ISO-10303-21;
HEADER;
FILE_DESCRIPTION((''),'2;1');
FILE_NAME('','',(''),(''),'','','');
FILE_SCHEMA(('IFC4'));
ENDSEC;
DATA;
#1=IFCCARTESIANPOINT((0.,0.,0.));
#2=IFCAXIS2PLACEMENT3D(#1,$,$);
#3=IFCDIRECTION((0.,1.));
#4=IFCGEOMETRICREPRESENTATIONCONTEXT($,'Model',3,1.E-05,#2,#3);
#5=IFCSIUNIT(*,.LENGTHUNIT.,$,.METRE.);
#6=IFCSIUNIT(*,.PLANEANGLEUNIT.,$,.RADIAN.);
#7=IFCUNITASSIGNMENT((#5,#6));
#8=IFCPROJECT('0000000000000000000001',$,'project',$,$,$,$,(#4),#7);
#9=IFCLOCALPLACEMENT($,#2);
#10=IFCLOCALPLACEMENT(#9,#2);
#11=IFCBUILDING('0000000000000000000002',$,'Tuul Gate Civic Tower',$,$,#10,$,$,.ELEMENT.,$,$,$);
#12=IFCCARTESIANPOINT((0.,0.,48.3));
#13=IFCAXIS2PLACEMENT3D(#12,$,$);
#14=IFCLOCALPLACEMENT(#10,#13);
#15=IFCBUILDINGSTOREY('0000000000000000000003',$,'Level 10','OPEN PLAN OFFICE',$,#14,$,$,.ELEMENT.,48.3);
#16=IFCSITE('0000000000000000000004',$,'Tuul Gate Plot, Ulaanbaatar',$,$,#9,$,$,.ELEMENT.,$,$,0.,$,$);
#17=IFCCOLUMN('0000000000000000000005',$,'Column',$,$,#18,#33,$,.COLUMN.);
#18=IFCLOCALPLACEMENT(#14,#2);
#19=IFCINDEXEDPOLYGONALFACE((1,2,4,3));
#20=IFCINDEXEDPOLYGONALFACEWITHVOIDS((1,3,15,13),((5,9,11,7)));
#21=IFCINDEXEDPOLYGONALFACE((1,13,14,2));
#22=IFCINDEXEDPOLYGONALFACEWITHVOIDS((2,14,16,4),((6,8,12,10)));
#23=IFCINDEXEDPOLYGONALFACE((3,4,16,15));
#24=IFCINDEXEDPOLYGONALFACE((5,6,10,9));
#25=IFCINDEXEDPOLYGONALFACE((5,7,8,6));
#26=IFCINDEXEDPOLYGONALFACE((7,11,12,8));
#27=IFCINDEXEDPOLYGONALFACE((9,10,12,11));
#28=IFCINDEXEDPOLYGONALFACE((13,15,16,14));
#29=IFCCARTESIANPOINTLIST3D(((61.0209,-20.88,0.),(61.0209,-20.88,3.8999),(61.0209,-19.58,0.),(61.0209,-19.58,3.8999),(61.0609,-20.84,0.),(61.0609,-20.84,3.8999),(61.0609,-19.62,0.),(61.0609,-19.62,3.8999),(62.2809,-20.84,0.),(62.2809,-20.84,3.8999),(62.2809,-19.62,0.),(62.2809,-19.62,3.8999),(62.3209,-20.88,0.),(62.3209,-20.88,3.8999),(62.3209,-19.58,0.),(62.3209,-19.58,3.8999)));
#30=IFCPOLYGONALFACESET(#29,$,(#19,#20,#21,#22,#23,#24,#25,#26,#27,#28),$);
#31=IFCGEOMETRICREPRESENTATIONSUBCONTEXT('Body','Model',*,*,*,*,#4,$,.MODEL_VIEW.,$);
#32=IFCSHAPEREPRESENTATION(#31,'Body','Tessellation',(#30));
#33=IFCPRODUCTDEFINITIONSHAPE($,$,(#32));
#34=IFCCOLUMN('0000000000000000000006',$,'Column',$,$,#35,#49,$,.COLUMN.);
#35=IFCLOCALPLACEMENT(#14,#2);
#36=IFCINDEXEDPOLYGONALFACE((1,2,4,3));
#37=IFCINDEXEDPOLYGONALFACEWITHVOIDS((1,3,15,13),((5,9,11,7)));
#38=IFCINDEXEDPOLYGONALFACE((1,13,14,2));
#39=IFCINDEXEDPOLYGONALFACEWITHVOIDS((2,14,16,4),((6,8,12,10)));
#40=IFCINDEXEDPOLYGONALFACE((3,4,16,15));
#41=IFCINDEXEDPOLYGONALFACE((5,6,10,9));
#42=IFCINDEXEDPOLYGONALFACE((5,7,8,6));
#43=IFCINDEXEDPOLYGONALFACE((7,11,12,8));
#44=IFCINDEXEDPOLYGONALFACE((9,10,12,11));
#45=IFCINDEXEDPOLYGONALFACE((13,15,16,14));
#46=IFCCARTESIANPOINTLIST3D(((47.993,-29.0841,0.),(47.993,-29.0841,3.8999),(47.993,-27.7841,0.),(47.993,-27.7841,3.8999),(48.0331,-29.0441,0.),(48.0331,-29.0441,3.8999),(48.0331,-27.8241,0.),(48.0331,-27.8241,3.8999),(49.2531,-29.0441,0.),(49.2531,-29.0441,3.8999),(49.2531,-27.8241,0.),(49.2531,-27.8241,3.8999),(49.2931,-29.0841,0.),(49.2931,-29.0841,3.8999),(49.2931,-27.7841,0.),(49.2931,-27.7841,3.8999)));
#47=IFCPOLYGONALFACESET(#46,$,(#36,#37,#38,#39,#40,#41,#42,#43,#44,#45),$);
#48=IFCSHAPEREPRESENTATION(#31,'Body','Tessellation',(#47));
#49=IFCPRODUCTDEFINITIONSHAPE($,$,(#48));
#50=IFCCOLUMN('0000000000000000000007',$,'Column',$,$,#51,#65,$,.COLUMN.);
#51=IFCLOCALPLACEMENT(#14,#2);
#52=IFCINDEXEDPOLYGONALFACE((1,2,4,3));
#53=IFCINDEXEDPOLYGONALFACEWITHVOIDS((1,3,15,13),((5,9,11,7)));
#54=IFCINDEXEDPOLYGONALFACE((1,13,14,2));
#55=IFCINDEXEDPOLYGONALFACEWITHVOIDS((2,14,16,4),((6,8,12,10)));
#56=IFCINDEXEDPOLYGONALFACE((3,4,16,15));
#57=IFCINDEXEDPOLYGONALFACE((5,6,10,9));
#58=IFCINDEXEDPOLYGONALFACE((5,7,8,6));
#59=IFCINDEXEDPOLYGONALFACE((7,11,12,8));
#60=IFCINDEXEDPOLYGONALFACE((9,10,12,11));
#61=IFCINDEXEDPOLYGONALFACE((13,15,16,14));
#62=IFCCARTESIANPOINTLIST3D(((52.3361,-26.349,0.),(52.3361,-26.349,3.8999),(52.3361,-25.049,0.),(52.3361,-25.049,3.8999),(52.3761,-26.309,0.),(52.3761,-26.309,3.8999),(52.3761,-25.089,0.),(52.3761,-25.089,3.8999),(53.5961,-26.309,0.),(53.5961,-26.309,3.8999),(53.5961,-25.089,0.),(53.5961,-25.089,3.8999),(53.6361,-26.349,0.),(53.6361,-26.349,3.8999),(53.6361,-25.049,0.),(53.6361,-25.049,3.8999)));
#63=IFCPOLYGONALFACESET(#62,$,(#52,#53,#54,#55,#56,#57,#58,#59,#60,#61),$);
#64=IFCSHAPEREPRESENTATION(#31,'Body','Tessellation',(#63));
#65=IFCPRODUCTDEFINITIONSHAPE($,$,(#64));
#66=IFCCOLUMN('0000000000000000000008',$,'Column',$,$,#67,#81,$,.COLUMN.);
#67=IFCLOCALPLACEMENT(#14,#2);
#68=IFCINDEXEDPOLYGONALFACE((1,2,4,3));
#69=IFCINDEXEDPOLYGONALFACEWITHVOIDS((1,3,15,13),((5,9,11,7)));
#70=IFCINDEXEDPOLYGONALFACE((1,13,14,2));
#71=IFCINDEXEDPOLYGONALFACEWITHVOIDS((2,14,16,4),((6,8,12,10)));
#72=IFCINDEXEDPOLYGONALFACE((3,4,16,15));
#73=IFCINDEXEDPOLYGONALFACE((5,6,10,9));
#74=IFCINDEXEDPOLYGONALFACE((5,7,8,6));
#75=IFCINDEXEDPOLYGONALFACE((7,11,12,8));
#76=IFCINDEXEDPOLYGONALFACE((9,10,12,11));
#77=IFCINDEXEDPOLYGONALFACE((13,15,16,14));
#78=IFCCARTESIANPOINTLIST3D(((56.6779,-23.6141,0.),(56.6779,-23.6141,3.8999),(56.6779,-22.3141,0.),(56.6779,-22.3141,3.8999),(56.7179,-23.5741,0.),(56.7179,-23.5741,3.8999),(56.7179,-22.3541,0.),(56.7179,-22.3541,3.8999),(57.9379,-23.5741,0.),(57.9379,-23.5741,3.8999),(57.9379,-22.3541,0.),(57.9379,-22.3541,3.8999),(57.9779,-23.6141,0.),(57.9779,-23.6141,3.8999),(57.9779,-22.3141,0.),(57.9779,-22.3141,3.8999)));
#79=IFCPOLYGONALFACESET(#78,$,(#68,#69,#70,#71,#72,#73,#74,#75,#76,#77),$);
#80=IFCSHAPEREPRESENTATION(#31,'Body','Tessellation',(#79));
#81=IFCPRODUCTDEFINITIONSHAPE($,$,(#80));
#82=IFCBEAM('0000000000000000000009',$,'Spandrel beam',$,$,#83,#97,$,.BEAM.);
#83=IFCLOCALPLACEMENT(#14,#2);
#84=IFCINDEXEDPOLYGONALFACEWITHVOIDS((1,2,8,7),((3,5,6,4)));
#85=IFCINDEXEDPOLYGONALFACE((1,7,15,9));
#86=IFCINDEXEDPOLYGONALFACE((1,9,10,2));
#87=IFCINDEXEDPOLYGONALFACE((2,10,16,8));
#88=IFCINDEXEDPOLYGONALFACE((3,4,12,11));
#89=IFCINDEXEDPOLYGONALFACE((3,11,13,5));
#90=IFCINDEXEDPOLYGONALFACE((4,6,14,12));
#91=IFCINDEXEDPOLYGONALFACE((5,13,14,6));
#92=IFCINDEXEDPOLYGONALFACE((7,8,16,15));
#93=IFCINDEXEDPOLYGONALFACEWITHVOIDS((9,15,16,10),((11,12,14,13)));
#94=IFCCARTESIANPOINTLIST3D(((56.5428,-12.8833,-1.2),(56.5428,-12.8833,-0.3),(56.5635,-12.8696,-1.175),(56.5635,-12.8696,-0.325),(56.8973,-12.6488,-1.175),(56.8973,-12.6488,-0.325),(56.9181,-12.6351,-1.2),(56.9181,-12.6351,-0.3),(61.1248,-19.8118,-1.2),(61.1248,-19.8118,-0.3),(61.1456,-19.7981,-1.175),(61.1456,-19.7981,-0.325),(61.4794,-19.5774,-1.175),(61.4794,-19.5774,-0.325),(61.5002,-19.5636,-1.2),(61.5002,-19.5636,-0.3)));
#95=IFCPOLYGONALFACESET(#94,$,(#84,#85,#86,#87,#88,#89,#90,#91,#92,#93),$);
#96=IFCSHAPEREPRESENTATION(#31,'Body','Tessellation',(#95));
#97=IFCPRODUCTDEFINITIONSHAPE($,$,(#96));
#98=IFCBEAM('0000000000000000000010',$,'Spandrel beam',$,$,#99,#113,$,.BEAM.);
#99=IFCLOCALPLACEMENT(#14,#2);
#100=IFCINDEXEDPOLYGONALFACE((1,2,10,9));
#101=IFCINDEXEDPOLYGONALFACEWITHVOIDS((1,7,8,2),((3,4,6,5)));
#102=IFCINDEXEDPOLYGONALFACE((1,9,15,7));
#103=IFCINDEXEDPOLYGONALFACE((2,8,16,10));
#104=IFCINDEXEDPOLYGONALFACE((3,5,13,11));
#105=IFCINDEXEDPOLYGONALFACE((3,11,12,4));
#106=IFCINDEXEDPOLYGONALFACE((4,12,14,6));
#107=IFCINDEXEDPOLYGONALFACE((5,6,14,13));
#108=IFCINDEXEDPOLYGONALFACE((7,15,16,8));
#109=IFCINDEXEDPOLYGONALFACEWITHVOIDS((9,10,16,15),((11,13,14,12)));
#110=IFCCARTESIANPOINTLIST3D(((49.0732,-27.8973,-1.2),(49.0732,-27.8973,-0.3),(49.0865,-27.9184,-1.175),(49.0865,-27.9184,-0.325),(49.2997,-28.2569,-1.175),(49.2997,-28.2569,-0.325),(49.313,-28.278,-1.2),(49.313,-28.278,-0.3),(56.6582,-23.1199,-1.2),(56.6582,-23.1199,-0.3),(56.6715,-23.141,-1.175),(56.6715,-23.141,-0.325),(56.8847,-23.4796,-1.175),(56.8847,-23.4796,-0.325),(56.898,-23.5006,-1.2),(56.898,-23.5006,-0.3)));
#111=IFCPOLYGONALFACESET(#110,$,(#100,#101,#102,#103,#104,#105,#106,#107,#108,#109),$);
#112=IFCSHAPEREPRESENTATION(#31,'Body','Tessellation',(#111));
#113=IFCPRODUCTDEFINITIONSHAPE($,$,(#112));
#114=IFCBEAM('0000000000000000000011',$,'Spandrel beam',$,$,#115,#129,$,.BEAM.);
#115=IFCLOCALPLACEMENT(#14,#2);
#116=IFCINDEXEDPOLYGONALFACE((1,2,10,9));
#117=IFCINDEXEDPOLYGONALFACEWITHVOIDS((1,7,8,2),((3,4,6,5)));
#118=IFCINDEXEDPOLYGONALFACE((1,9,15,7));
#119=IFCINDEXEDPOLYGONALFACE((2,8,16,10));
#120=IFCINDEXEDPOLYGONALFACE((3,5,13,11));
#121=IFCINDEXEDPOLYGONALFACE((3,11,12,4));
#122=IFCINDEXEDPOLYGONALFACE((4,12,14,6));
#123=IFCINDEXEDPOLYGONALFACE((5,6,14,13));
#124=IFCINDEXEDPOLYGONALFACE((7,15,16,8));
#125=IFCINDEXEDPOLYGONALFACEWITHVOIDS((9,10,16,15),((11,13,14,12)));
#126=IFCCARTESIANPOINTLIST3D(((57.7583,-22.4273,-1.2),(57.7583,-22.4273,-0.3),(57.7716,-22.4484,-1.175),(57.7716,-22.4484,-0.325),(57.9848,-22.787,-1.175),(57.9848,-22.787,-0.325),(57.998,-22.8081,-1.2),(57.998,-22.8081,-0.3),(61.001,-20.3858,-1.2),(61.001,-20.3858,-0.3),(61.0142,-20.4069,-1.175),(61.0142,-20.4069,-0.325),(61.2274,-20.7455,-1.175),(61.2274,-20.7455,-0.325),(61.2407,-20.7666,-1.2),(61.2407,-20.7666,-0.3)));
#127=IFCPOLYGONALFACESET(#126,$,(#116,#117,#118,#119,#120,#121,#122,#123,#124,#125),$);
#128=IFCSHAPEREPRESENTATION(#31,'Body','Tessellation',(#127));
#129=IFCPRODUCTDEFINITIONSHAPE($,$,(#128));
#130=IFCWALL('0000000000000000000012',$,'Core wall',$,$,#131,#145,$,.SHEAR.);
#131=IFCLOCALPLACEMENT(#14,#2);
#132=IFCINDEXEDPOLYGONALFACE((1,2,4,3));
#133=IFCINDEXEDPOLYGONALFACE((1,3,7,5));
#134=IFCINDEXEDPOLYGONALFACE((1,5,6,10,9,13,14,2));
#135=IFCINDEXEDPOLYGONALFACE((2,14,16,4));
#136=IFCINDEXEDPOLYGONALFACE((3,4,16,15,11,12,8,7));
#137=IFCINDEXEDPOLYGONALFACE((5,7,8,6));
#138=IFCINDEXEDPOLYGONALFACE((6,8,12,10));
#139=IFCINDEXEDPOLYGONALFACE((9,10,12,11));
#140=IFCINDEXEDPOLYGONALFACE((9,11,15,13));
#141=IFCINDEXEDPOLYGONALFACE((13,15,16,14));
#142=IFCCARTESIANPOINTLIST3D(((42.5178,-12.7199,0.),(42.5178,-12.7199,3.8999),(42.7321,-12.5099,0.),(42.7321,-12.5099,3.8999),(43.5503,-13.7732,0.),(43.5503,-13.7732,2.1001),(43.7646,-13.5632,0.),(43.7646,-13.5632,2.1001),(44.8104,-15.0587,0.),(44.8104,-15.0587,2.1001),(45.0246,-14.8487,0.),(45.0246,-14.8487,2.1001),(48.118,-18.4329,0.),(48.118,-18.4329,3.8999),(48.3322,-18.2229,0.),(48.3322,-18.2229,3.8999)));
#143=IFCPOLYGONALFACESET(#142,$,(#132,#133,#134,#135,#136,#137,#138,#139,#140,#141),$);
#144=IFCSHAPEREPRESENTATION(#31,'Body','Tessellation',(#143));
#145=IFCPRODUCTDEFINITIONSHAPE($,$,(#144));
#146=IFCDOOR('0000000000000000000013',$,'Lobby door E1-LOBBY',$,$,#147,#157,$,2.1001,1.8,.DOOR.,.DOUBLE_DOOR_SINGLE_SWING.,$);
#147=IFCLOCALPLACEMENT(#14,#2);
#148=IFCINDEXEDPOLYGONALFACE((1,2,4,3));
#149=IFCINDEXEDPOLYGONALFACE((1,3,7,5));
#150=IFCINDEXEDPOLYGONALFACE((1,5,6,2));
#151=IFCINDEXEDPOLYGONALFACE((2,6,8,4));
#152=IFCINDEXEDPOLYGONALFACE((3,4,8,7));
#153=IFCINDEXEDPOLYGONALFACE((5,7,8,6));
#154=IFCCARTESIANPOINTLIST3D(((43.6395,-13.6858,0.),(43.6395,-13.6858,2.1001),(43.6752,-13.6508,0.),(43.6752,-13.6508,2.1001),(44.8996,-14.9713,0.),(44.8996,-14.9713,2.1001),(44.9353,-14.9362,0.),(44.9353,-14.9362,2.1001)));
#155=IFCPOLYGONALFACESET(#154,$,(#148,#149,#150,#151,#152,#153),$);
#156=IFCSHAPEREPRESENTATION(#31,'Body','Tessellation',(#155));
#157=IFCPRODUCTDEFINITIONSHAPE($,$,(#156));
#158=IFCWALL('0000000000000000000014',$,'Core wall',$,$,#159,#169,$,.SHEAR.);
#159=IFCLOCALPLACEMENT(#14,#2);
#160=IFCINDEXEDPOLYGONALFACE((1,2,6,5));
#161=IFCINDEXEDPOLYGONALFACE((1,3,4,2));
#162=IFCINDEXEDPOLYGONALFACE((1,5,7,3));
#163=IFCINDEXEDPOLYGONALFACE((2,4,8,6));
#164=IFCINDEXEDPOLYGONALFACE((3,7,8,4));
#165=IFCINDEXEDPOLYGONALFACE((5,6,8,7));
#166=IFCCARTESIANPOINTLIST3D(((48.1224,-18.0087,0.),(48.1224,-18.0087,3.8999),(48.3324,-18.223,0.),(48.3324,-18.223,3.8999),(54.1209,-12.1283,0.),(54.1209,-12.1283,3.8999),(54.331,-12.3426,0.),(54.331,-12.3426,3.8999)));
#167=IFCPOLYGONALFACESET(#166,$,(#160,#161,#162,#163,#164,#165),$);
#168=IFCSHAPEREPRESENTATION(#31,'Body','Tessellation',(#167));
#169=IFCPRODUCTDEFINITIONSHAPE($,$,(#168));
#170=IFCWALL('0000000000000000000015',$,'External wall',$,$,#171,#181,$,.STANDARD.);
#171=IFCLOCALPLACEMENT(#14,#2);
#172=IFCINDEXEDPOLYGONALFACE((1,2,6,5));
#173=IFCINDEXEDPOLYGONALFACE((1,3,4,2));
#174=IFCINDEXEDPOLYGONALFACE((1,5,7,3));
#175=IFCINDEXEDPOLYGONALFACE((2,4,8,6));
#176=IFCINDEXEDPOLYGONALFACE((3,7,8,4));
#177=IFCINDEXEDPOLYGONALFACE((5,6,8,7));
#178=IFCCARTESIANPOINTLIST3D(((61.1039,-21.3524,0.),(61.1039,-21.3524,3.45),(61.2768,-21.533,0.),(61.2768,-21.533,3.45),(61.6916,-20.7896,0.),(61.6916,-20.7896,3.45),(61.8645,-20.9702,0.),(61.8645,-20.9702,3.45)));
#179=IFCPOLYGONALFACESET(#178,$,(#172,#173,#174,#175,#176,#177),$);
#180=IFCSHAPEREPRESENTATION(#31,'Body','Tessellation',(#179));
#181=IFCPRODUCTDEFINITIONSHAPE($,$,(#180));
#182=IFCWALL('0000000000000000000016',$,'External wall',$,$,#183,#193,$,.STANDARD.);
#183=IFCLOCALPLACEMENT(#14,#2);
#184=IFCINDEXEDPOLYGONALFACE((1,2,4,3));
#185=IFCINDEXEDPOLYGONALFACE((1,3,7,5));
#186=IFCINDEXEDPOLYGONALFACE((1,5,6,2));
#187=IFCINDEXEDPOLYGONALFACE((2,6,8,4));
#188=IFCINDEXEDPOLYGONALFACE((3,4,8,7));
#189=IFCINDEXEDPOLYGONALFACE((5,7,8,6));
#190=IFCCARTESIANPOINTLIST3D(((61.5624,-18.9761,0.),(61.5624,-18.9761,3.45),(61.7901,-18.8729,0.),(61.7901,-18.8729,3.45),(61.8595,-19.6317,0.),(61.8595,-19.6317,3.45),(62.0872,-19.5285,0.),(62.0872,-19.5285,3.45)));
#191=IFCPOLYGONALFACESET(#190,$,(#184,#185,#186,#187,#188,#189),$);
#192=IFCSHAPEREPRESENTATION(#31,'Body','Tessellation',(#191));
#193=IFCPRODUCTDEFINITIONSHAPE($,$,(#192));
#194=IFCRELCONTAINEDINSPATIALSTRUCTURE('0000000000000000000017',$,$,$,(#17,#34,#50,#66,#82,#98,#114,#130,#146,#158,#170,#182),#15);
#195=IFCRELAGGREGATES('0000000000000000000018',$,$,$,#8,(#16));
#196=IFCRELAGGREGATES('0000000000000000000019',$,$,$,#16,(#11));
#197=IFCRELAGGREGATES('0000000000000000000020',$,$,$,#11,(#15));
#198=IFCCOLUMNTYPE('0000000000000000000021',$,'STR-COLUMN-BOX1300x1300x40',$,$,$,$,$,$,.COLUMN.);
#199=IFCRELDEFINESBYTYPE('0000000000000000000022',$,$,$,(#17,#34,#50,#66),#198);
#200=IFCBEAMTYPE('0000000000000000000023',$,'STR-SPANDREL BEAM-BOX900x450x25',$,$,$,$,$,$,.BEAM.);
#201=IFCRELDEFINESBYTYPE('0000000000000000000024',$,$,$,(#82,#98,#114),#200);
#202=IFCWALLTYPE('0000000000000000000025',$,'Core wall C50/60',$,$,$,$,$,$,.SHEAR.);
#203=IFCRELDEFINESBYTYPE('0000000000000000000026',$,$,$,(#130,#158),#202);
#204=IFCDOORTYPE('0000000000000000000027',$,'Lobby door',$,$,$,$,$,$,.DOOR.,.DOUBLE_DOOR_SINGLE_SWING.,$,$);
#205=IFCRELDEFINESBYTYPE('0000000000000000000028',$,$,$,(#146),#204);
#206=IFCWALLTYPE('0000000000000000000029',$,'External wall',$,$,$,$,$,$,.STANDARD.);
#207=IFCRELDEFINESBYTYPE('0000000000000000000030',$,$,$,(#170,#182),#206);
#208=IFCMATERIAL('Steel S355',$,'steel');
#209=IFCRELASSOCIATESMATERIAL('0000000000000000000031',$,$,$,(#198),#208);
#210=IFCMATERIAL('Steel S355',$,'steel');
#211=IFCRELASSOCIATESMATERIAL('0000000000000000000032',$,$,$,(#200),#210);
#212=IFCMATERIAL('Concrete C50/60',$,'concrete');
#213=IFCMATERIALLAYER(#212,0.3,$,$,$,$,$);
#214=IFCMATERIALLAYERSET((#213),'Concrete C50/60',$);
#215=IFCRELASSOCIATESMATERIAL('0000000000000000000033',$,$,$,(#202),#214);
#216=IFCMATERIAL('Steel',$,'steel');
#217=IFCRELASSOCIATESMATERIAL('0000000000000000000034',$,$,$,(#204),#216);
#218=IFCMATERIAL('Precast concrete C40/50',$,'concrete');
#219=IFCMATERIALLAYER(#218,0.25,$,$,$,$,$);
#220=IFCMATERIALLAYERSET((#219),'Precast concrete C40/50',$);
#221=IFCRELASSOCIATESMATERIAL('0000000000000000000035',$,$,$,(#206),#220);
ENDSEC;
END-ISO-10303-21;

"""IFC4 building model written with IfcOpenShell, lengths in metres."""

from ifc_helpers import new_model, si_unit, direction, frame, frame_2d, origin, origin_2d, place, context, subcontext, project, spatial, rectangle, hollow_rectangle, extrude, material, layer, layer_set, material_profile, profile_set, type_object, element, fill, save


model = new_model("IFC4")

# Units and contexts
model_context = context("Model", 3, precision=1e-05, world=origin(), true_north=direction((0.0, 1.0)))
body_context = subcontext(model_context, "Body", "Model", "MODEL_VIEW")
ifc_project = project(units=[si_unit("LENGTHUNIT", "METRE"), si_unit("PLANEANGLEUNIT", "RADIAN")], contexts=[model_context])

# Site, building, storey
site_placement = place(None, origin())
site = spatial("IfcSite", under=ifc_project, at=site_placement, Name="Tuul Gate Plot, Ulaanbaatar", CompositionType="ELEMENT", RefElevation=0.0)
building_placement = place(site_placement, origin())
building = spatial("IfcBuilding", under=site, at=building_placement, Name="Tuul Gate Civic Tower", CompositionType="ELEMENT")
storey_placement = place(building_placement, frame((0.0, 0.0, 48.3)))
storey = spatial("IfcBuildingStorey", under=building, at=storey_placement, Name="Level 10", Description="OPEN PLAN OFFICE", CompositionType="ELEMENT", Elevation=48.3)

# Columns
ifc_material_1 = material(Name="Steel S355", Category="steel")
ifc_material_profile_1 = material_profile(ifc_material_1, hollow_rectangle(XDim=1.3, YDim=1.3, WallThickness=0.04, at=origin_2d()), Name="BOX1300x1300x40")
ifc_profile_set_1 = profile_set([ifc_material_profile_1], Name="Steel S355")
column_type = type_object("IfcColumnType", Name="STR-COLUMN-BOX1300x1300x40", PredefinedType="COLUMN", material=ifc_profile_set_1)
for number, where, z_axis, x_axis, name in (
    (1, (61.6709, -20.23, 0.0), (0.0, 0.0, 1.0), (1.0, 0.0, 0.0), "Column"),
    (2, (48.6431, -28.4341, 0.0), (0.0, 0.0, 1.0), (1.0, 0.0, 0.0), "Column"),
    (3, (52.9861, -25.699, 0.0), (0.0, 0.0, 1.0), (1.0, 0.0, 0.0), "Column"),
    (4, (57.3279, -22.9641, 0.0), (0.0, 0.0, 1.0), (1.0, 0.0, 0.0), "Column"),
):
    element("IfcColumn", number, at=place(storey_placement, frame(where, z_axis=z_axis, x_axis=x_axis)), inside=storey, type_object=column_type, Name=name, PredefinedType="COLUMN", context=body_context, shape_type="SweptSolid", body=[
        extrude(hollow_rectangle(XDim=1.3, YDim=1.3, WallThickness=0.04, at=origin_2d()), origin(), (0.0, 0.0, 1.0), 3.8999),
    ])

# Beams
ifc_material_2 = material(Name="Steel S355", Category="steel")
ifc_material_profile_2 = material_profile(ifc_material_2, hollow_rectangle(XDim=0.45, YDim=0.8999, WallThickness=0.0249, at=origin_2d()), Name="BOX900x450x25")
ifc_profile_set_2 = profile_set([ifc_material_profile_2], Name="Steel S355")
beam_type = type_object("IfcBeamType", Name="STR-SPANDREL BEAM-BOX900x450x25", PredefinedType="BEAM", material=ifc_profile_set_2)
beam_1_placement = place(storey_placement, frame((61.3125, -19.6877, -0.75), z_axis=(-0.551617, 0.834097, 0.0), x_axis=(-0.834097, -0.551617, 0.0)))
element("IfcBeam", 5, at=beam_1_placement, inside=storey, type_object=beam_type, Name="Spandrel beam", PredefinedType="BEAM", context=body_context, shape_type="SweptSolid", body=[
    extrude(hollow_rectangle(XDim=0.45, YDim=0.8999, WallThickness=0.0249, at=origin_2d()), origin(), (0.0, 0.0, 1.0), 8.3066),
])
beam_2_placement = place(storey_placement, frame((49.1931, -28.0876, -0.75), z_axis=(0.846151, 0.532943, 0.0), x_axis=(-0.532943, 0.846151, 0.0)))
element("IfcBeam", 6, at=beam_2_placement, inside=storey, type_object=beam_type, Name="Spandrel beam", PredefinedType="BEAM", context=body_context, shape_type="SweptSolid", body=[
    extrude(hollow_rectangle(XDim=0.45, YDim=0.8999, WallThickness=0.0249, at=origin_2d()), origin(), (0.0, 0.0, 1.0), 8.9641),
])
beam_3_placement = place(storey_placement, frame((57.8782, -22.6177, -0.75), z_axis=(0.846254, 0.532779, 0.0), x_axis=(-0.532779, 0.846254, 0.0)))
element("IfcBeam", 7, at=beam_3_placement, inside=storey, type_object=beam_type, Name="Spandrel beam", PredefinedType="BEAM", context=body_context, shape_type="SweptSolid", body=[
    extrude(hollow_rectangle(XDim=0.45, YDim=0.8999, WallThickness=0.0249, at=origin_2d()), origin(), (0.0, 0.0, 1.0), 3.8318),
])

# Wall, opening, door
ifc_material_3 = material(Name="Concrete C50/60", Category="concrete")
ifc_layer_1 = layer(ifc_material_3, 0.3)
ifc_layer_set_1 = layer_set([ifc_layer_1], Name="Concrete C50/60")
wall_type_1 = type_object("IfcWallType", Name="Core wall C50/60", PredefinedType="SHEAR", material=ifc_layer_set_1)
wall_1_placement = place(storey_placement, frame((48.2251, -18.3279, 0.0), z_axis=(0.0, 0.0, 1.0), x_axis=(-0.700022, 0.714121, 0.0)))
wall_1 = element("IfcWall", 8, at=wall_1_placement, inside=storey, type_object=wall_type_1, Name="Core wall", PredefinedType="SHEAR", context=body_context, shape_type="SweptSolid", body=[
    extrude(rectangle(XDim=8.0, YDim=0.3, at=frame_2d((4.0, 0.0))), origin(), (0.0, 0.0, 1.0), 3.8999),
])
opening_1_placement = place(wall_1_placement, frame((4.7251, 0.0, 0.0)))
opening_1 = element("IfcOpeningElement", 9, at=opening_1_placement, cuts=wall_1, PredefinedType="OPENING", context=body_context, shape_type="SweptSolid", body=[
    extrude(rectangle(XDim=1.8, YDim=2.1001, at=frame_2d((0.8999, 1.05))), frame((0.0, 0.1602, 0.0), z_axis=(0.0, -1.0, 0.0), x_axis=(1.0, 0.0, 0.0)), (0.0, 0.0, 1.0), 0.3201),
])
ifc_material_4 = material(Name="Steel", Category="steel")
door_type = type_object("IfcDoorType", Name="Lobby door", OperationType="DOUBLE_DOOR_SINGLE_SWING", PredefinedType="DOOR", material=ifc_material_4)
door_placement = place(opening_1_placement, frame((1.8, 0.0, 0.0), z_axis=(0.0, 0.0, 1.0), x_axis=(-1.0, 0.0, 0.0)))
door = element("IfcDoor", 10, at=door_placement, inside=storey, type_object=door_type, Name="Lobby door E1-LOBBY", OperationType="DOUBLE_DOOR_SINGLE_SWING", OverallHeight=2.1001, OverallWidth=1.8, PredefinedType="DOOR", context=body_context, shape_type="SweptSolid", body=[
    extrude(rectangle(XDim=1.8, YDim=2.1001, at=frame_2d((0.9001, 1.05))), frame((0.0, 0.0249, 0.0), z_axis=(0.0, -1.0, 0.0), x_axis=(1.0, 0.0, 0.0)), (0.0, 0.0, 1.0), 0.05),
])
fill(opening_1, door)

# Walls
wall_2_placement = place(storey_placement, frame((48.2273, -18.116, 0.0), z_axis=(0.0, 0.0, 1.0), x_axis=(0.714105, 0.700038, 0.0)))
element("IfcWall", 11, at=wall_2_placement, inside=storey, type_object=wall_type_1, Name="Core wall", PredefinedType="SHEAR", context=body_context, shape_type="SweptSolid", body=[
    extrude(rectangle(XDim=8.4001, YDim=0.3, at=frame_2d((4.2002, 0.0))), origin(), (0.0, 0.0, 1.0), 3.8999),
])
ifc_material_5 = material(Name="Precast concrete C40/50", Category="concrete")
ifc_layer_2 = layer(ifc_material_5, 0.25)
ifc_layer_set_2 = layer_set([ifc_layer_2], Name="Precast concrete C40/50")
wall_type_2 = type_object("IfcWallType", Name="External wall", PredefinedType="STANDARD", material=ifc_layer_set_2)
wall_3_placement = place(storey_placement, frame((61.1904, -21.4426, 0.0), z_axis=(0.0, 0.0, 1.0), x_axis=(0.722244, 0.691638, 0.0)))
element("IfcWall", 12, at=wall_3_placement, inside=storey, type_object=wall_type_2, Name="External wall", PredefinedType="STANDARD", context=body_context, shape_type="SweptSolid", body=[
    extrude(rectangle(XDim=0.8137, YDim=0.25, at=frame_2d((0.4067, 0.0))), origin(), (0.0, 0.0, 1.0), 3.45),
])
wall_4_placement = place(storey_placement, frame((61.9734, -19.5801, 0.0), z_axis=(0.0, 0.0, 1.0), x_axis=(-0.412832, 0.910807, 0.0)))
element("IfcWall", 13, at=wall_4_placement, inside=storey, type_object=wall_type_2, Name="External wall", PredefinedType="STANDARD", context=body_context, shape_type="SweptSolid", body=[
    extrude(rectangle(XDim=0.7197, YDim=0.25, at=frame_2d((0.3599, 0.0))), origin(), (0.0, 0.0, 1.0), 3.45),
])

save(model, "model.ifc")
